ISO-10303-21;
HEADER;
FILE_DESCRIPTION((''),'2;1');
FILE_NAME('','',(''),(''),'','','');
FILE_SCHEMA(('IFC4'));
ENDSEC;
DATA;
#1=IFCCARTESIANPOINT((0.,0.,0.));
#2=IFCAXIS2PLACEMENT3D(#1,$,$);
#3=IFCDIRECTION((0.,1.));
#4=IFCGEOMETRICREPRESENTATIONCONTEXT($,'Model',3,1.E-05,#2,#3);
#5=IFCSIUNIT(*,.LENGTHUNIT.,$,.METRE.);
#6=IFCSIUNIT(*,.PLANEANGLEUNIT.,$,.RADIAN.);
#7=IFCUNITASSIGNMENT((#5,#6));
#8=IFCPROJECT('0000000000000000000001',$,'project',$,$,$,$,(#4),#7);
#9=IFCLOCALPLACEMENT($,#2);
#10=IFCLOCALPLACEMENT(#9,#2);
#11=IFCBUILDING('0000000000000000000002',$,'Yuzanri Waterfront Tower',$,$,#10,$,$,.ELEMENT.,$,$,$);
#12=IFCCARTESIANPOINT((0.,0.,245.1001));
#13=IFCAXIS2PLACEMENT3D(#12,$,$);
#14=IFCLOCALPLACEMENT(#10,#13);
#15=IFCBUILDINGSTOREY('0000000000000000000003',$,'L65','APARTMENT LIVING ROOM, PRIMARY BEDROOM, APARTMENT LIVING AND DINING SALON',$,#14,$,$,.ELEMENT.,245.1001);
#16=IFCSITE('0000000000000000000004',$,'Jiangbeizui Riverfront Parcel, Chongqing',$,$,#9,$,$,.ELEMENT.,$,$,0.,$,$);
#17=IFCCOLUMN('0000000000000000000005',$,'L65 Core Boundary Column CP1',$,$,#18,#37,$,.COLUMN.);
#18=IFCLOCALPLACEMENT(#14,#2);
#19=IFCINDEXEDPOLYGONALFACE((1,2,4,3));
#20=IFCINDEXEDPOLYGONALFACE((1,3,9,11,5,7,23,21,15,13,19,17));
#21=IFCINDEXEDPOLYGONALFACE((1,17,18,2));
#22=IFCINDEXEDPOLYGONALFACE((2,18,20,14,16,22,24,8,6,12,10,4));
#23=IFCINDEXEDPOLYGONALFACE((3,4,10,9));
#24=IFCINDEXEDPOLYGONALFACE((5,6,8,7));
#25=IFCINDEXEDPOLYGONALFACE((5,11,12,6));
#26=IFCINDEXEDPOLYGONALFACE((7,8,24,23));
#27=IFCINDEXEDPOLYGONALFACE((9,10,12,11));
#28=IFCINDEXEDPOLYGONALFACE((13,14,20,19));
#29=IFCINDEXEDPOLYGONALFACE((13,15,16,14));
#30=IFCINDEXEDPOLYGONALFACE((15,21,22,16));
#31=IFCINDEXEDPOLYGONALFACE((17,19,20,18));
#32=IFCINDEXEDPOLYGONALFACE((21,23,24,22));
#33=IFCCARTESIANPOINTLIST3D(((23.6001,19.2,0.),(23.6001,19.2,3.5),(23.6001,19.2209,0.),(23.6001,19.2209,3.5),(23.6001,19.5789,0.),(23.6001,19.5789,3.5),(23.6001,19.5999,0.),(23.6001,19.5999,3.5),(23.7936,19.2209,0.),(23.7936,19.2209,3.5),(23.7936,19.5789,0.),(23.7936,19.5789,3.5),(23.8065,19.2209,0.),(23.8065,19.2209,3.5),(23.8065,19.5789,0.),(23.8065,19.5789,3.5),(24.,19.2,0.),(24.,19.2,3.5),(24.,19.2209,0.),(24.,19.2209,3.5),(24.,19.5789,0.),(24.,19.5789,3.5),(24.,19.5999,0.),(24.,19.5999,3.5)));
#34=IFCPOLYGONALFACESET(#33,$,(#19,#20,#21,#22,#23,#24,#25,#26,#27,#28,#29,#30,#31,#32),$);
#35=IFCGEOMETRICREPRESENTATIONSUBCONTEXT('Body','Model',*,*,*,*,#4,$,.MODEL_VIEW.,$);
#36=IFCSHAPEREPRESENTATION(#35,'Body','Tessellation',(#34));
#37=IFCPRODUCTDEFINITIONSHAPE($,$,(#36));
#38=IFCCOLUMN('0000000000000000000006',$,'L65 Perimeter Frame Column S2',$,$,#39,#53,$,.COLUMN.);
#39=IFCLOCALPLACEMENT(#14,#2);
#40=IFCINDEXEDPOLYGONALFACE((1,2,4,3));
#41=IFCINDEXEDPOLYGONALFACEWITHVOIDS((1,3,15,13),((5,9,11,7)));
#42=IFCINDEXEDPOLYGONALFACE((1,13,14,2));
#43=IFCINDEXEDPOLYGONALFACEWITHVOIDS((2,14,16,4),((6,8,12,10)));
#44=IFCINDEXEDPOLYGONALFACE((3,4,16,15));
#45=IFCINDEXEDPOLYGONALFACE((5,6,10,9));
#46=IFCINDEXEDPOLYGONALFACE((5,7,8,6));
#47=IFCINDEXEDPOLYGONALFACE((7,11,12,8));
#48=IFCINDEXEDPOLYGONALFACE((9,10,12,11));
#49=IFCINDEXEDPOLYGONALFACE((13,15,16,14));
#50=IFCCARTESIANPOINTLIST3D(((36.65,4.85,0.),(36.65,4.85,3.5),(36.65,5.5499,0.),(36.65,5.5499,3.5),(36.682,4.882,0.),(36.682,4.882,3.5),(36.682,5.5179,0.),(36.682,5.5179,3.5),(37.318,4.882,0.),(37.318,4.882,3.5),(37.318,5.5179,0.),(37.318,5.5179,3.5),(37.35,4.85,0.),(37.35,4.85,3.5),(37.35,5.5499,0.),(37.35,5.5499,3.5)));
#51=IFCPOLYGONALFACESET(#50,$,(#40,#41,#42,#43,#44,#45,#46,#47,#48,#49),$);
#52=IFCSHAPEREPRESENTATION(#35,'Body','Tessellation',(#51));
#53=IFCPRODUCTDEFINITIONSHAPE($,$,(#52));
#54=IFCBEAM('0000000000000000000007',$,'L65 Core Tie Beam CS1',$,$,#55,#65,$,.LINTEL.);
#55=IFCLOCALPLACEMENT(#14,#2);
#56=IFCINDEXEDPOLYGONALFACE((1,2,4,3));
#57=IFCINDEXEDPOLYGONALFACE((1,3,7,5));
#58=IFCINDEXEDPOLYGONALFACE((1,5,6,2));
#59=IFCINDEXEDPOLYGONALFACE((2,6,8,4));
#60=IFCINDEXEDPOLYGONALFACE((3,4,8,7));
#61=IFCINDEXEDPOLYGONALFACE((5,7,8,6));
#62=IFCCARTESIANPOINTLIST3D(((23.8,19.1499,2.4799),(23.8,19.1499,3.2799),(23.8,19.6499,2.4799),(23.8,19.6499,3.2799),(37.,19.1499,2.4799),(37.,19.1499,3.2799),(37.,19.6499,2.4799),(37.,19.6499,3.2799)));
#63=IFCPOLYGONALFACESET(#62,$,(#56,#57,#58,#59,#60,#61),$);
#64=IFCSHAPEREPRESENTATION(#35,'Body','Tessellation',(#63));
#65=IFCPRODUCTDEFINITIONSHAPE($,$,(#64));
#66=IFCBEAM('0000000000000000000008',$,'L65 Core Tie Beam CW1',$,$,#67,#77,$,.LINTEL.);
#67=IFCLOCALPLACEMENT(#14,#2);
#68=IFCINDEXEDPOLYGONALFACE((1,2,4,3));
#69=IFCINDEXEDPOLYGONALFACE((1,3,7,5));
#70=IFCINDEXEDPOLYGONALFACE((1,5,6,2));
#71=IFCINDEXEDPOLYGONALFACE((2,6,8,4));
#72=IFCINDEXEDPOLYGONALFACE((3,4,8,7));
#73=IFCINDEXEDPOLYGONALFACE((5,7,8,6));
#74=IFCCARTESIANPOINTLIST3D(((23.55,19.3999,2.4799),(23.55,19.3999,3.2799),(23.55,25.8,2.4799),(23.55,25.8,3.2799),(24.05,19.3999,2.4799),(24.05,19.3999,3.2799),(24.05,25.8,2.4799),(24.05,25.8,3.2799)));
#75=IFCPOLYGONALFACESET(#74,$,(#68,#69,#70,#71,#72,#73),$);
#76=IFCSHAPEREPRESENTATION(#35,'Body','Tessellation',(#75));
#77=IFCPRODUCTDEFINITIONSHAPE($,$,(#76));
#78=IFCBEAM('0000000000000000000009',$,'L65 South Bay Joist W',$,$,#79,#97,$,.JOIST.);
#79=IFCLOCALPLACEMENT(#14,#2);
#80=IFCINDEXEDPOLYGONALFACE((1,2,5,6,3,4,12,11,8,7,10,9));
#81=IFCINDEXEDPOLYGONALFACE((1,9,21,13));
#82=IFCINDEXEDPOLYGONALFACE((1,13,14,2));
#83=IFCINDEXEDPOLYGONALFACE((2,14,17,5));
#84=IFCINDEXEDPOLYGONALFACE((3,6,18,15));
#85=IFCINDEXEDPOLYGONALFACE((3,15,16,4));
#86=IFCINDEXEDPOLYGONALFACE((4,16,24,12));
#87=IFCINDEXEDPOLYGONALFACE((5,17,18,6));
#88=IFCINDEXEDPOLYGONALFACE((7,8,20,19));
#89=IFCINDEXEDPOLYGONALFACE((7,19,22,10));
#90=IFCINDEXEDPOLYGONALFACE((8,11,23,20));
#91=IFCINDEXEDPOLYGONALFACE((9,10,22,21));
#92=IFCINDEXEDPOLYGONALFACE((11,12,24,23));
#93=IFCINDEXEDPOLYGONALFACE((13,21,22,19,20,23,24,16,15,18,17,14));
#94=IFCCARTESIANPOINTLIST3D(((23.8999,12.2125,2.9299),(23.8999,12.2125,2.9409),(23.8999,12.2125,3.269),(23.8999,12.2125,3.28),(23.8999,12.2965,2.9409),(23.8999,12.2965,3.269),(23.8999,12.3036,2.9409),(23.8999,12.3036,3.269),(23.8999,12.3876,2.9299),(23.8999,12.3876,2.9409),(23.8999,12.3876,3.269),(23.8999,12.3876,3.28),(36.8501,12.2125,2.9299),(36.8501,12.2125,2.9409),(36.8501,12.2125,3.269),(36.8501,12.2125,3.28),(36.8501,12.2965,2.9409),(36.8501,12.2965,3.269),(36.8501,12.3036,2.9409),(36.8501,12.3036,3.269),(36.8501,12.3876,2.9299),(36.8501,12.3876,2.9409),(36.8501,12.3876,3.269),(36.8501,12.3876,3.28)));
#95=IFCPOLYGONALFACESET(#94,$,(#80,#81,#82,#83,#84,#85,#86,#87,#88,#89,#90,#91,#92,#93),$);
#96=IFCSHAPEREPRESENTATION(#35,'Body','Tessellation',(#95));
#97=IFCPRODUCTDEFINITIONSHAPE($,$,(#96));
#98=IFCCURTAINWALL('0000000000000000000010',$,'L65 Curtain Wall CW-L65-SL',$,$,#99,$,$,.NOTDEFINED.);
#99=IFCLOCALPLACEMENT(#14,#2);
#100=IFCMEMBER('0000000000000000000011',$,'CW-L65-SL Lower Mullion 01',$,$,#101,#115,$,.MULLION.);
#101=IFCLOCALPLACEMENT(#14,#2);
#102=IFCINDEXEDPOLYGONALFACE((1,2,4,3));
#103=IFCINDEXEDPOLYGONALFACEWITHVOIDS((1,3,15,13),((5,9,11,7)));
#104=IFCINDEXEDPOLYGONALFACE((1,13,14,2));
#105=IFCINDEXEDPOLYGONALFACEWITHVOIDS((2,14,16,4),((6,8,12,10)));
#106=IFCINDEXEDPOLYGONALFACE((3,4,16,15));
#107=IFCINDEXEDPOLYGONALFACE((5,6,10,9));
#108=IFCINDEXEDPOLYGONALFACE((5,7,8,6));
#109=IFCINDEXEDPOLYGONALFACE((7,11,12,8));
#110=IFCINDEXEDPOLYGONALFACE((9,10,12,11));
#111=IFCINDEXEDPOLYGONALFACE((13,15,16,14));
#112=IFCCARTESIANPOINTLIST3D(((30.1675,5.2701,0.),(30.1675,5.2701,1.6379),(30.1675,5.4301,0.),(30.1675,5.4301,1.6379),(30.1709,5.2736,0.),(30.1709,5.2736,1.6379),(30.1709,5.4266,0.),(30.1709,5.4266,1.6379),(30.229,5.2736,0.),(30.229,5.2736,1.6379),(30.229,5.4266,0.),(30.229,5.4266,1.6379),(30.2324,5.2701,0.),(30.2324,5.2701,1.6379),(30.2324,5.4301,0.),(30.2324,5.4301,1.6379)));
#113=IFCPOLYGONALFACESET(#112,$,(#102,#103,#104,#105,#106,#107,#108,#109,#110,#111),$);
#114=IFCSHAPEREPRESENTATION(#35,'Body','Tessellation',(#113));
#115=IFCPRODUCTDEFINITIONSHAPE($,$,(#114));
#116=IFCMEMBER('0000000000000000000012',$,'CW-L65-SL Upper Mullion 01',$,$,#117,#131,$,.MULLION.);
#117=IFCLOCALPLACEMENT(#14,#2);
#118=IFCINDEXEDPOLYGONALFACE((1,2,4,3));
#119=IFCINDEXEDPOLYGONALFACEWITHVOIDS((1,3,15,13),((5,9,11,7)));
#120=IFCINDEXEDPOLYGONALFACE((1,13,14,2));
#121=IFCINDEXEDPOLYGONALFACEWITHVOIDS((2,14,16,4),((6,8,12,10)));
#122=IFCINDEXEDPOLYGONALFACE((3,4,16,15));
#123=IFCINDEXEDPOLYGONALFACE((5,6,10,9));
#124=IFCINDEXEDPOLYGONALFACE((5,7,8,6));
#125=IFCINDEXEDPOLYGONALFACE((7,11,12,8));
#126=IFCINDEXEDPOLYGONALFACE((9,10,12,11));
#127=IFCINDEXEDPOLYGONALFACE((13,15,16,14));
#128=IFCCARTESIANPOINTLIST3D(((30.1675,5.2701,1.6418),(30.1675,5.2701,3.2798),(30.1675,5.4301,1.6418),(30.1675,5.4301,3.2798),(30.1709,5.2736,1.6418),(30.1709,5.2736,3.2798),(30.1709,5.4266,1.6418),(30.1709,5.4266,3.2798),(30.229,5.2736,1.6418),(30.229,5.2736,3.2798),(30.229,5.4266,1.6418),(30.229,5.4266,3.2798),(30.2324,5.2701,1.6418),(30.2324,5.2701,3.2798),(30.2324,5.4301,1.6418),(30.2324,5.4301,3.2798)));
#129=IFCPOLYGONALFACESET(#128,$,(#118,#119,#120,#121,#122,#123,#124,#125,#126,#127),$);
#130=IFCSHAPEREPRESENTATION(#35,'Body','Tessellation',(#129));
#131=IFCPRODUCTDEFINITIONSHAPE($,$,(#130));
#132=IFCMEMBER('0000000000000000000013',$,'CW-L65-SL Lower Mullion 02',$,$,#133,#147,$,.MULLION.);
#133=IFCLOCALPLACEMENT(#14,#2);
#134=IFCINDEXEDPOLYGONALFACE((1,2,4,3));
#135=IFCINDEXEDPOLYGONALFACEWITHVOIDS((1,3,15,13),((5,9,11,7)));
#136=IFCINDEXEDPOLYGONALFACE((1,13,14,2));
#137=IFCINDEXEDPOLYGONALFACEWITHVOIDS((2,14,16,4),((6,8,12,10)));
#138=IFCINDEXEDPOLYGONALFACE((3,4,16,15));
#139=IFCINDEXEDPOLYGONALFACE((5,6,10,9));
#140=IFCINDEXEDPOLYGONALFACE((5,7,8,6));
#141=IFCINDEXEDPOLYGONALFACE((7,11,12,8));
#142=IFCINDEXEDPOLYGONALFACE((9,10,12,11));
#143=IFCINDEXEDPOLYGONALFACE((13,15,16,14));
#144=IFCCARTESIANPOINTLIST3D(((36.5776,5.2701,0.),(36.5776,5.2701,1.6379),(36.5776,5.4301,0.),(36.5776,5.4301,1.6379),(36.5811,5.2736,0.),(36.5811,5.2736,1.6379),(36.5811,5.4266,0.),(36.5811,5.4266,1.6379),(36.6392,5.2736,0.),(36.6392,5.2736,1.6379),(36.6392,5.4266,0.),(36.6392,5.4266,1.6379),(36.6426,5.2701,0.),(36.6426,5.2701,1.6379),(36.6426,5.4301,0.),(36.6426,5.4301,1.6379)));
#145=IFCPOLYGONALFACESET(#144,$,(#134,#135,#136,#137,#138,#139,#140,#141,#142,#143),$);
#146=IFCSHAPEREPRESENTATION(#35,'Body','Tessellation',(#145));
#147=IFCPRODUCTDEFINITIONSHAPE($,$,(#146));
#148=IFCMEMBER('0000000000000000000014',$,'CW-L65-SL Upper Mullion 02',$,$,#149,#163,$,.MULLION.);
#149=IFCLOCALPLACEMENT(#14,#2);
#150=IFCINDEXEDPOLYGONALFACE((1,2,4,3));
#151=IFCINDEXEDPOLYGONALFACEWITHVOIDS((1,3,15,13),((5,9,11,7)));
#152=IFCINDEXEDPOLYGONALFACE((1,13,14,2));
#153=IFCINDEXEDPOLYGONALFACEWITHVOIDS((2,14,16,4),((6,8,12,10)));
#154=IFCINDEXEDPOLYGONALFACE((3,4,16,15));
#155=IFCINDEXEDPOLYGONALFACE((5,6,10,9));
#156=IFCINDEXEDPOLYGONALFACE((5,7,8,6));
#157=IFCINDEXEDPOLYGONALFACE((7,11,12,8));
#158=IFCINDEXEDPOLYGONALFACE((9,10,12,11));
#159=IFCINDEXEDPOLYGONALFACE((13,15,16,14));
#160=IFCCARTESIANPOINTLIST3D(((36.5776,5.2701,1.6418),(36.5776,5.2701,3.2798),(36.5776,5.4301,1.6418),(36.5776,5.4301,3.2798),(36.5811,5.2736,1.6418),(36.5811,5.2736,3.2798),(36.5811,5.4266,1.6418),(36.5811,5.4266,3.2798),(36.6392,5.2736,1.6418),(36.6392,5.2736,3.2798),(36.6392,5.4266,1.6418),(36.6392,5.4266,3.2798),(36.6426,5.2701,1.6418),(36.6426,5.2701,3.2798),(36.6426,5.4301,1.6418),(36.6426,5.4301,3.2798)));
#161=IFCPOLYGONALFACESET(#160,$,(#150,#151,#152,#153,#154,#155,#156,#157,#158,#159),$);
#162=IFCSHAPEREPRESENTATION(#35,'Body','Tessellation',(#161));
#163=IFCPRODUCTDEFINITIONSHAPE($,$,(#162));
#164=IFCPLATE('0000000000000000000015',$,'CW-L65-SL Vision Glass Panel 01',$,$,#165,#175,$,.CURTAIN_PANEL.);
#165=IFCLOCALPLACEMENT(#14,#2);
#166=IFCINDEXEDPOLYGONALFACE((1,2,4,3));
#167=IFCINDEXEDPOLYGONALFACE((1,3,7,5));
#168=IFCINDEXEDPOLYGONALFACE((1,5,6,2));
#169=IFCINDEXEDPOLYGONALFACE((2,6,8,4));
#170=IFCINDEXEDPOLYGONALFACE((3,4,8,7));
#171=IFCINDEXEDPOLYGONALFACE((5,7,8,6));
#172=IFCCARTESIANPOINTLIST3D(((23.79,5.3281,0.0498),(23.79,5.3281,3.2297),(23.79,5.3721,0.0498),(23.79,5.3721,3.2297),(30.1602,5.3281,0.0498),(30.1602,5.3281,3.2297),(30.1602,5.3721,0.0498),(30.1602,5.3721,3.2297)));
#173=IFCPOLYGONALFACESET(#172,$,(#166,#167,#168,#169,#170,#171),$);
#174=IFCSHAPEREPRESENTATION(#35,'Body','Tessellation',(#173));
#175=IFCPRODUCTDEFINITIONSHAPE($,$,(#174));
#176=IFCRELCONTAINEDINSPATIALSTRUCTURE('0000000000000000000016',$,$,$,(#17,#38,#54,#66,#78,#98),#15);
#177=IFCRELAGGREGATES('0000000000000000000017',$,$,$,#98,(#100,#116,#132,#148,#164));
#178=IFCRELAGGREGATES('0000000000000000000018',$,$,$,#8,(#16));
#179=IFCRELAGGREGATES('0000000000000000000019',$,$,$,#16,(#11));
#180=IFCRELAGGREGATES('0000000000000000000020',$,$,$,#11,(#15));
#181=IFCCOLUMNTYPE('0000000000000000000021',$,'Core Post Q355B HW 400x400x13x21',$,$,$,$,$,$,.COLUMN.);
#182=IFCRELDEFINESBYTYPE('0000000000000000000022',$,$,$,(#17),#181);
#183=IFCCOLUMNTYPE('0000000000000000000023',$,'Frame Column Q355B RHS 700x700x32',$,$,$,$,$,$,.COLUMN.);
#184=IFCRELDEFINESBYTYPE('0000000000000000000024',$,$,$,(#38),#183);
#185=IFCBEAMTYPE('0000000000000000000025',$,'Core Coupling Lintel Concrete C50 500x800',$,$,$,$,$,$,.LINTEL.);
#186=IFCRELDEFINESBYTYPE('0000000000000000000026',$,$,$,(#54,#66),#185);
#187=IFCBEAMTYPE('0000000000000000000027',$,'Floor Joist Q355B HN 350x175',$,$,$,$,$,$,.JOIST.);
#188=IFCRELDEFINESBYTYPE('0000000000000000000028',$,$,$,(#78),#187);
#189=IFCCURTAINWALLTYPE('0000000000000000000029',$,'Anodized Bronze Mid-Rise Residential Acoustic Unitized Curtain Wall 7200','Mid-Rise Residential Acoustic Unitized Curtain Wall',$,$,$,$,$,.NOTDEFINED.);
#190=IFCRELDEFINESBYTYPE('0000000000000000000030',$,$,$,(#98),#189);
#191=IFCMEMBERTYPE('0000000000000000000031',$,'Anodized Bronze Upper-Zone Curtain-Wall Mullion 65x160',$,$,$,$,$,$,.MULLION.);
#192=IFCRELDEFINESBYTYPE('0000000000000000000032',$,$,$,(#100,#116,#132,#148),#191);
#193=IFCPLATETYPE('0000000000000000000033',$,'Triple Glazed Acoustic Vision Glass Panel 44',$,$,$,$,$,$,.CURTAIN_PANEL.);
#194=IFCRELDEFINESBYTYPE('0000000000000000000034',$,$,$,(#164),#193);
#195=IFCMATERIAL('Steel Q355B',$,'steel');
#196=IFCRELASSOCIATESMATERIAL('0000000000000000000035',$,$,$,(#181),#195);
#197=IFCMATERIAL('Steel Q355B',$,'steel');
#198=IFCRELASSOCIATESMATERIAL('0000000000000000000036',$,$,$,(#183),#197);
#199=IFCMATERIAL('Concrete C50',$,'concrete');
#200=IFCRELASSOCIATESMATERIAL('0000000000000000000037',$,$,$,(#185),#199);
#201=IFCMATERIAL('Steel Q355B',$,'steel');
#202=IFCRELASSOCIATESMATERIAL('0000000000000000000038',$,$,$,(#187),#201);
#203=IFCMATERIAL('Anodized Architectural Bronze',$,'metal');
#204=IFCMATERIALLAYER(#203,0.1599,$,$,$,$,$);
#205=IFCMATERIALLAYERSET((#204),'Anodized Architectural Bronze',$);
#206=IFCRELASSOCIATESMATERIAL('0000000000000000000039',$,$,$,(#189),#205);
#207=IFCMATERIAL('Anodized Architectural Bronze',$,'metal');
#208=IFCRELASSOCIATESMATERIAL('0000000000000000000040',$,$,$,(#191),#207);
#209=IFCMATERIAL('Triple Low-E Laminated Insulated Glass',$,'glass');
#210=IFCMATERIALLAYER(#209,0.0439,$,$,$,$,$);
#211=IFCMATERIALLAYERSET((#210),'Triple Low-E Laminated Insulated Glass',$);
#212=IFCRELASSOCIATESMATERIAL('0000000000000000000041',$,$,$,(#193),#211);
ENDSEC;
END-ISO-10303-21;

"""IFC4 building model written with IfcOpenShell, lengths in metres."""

from ifc_helpers import new_model, si_unit, direction, frame, origin, origin_2d, place, context, subcontext, project, spatial, rectangle, hollow_rectangle, i_section, extrude, source, transform, mapped, material, layer, layer_set, material_profile, profile_set, type_object, element, aggregate, save


model = new_model("IFC4")

# Units and contexts
model_context = context("Model", 3, precision=1e-05, world=origin(), true_north=direction((0.0, 1.0)))
body_context = subcontext(model_context, "Body", "Model", "MODEL_VIEW")
ifc_project = project(units=[si_unit("LENGTHUNIT", "METRE"), si_unit("PLANEANGLEUNIT", "RADIAN")], contexts=[model_context])

# Site, building, storey
site_placement = place(None, origin())
site = spatial("IfcSite", under=ifc_project, at=site_placement, Name="Jiangbeizui Riverfront Parcel, Chongqing", CompositionType="ELEMENT", RefElevation=0.0)
building_placement = place(site_placement, origin())
building = spatial("IfcBuilding", under=site, at=building_placement, Name="Yuzanri Waterfront Tower", CompositionType="ELEMENT")
storey_placement = place(building_placement, frame((0.0, 0.0, 245.1001)))
storey = spatial("IfcBuildingStorey", under=building, at=storey_placement, Name="L65", Description="APARTMENT LIVING ROOM, PRIMARY BEDROOM, APARTMENT LIVING AND DINING SALON", CompositionType="ELEMENT", Elevation=245.1001)

# Columns
ifc_material_1 = material(Name="Steel Q355B", Category="steel")
ifc_material_profile_1 = material_profile(ifc_material_1, i_section(OverallWidth=0.3999, OverallDepth=0.3999, WebThickness=0.0129, FlangeThickness=0.021, at=origin_2d()), Name="HW 400x400x13x21")
ifc_profile_set_1 = profile_set([ifc_material_profile_1], Name="Steel Q355B")
column_type_1 = type_object("IfcColumnType", Name="Core Post Q355B HW 400x400x13x21", PredefinedType="COLUMN", material=ifc_profile_set_1)
shared_shape_1 = source(origin(), body_context, "Body", "SweptSolid", [
    extrude(i_section(OverallWidth=0.3999, OverallDepth=0.3999, WebThickness=0.0129, FlangeThickness=0.021, at=origin_2d()), origin(), (0.0, 0.0, 1.0), 3.5),
])
column_1_placement = place(storey_placement, frame((23.8, 19.3999, 0.0), z_axis=(0.0, 0.0, 1.0), x_axis=(1.0, 0.0, 0.0)))
element("IfcColumn", 1, at=column_1_placement, inside=storey, type_object=column_type_1, Name="L65 Core Boundary Column CP1", PredefinedType="COLUMN", context=body_context, shape_type="MappedRepresentation", body=[
    mapped(shared_shape_1, transform((0.0, 0.0, 0.0), scale=1.0)),
])
ifc_material_2 = material(Name="Steel Q355B", Category="steel")
ifc_material_profile_2 = material_profile(ifc_material_2, hollow_rectangle(XDim=0.7, YDim=0.7, WallThickness=0.032, at=origin_2d()), Name="RHS 700x700x32")
ifc_profile_set_2 = profile_set([ifc_material_profile_2], Name="Steel Q355B")
column_type_2 = type_object("IfcColumnType", Name="Frame Column Q355B RHS 700x700x32", PredefinedType="COLUMN", material=ifc_profile_set_2)
shared_shape_2 = source(origin(), body_context, "Body", "SweptSolid", [
    extrude(hollow_rectangle(XDim=0.7, YDim=0.7, WallThickness=0.032, at=origin_2d()), origin(), (0.0, 0.0, 1.0), 3.5),
])
column_2_placement = place(storey_placement, frame((37.0, 5.2, 0.0), z_axis=(0.0, 0.0, 1.0), x_axis=(1.0, 0.0, 0.0)))
element("IfcColumn", 2, at=column_2_placement, inside=storey, type_object=column_type_2, Name="L65 Perimeter Frame Column S2", PredefinedType="COLUMN", context=body_context, shape_type="MappedRepresentation", body=[
    mapped(shared_shape_2, transform((0.0, 0.0, 0.0), scale=1.0)),
])

# Beams
ifc_material_3 = material(Name="Concrete C50", Category="concrete")
ifc_material_profile_3 = material_profile(ifc_material_3, rectangle(XDim=0.5, YDim=0.8, at=origin_2d()), Name="RC 500x800")
ifc_profile_set_3 = profile_set([ifc_material_profile_3], Name="Concrete C50")
beam_type_1 = type_object("IfcBeamType", Name="Core Coupling Lintel Concrete C50 500x800", PredefinedType="LINTEL", material=ifc_profile_set_3)
shared_shape_3 = source(origin(), body_context, "Body", "SweptSolid", [
    extrude(rectangle(XDim=0.5, YDim=0.8, at=origin_2d()), origin(), (0.0, 0.0, 1.0), 13.2),
])
beam_1_placement = place(storey_placement, frame((23.8, 19.3999, 2.8799), z_axis=(1.0, 0.0, 0.0), x_axis=(0.0, 1.0, 0.0)))
element("IfcBeam", 3, at=beam_1_placement, inside=storey, type_object=beam_type_1, Name="L65 Core Tie Beam CS1", PredefinedType="LINTEL", context=body_context, shape_type="MappedRepresentation", body=[
    mapped(shared_shape_3, transform((0.0, 0.0, 0.0), scale=1.0)),
])
shared_shape_4 = source(origin(), body_context, "Body", "SweptSolid", [
    extrude(rectangle(XDim=0.5, YDim=0.8, at=origin_2d()), origin(), (0.0, 0.0, 1.0), 6.4001),
])
beam_2_placement = place(storey_placement, frame((23.8, 19.3999, 2.8799), z_axis=(0.0, 1.0, 0.0), x_axis=(-1.0, 0.0, 0.0)))
element("IfcBeam", 4, at=beam_2_placement, inside=storey, type_object=beam_type_1, Name="L65 Core Tie Beam CW1", PredefinedType="LINTEL", context=body_context, shape_type="MappedRepresentation", body=[
    mapped(shared_shape_4, transform((0.0, 0.0, 0.0), scale=1.0)),
])
ifc_material_4 = material(Name="Steel Q355B", Category="steel")
ifc_material_profile_4 = material_profile(ifc_material_4, i_section(OverallWidth=0.175, OverallDepth=0.3501, WebThickness=0.0071, FlangeThickness=0.011, at=origin_2d()), Name="HN 350x175x7x11")
ifc_profile_set_4 = profile_set([ifc_material_profile_4], Name="Steel Q355B")
beam_type_2 = type_object("IfcBeamType", Name="Floor Joist Q355B HN 350x175", PredefinedType="JOIST", material=ifc_profile_set_4)
shared_shape_5 = source(origin(), body_context, "Body", "SweptSolid", [
    extrude(i_section(OverallWidth=0.175, OverallDepth=0.3501, WebThickness=0.0071, FlangeThickness=0.011, at=origin_2d()), origin(), (0.0, 0.0, 1.0), 12.9502),
])
beam_3_placement = place(storey_placement, frame((23.8999, 12.3, 3.105), z_axis=(1.0, 0.0, 0.0), x_axis=(0.0, 1.0, 0.0)))
element("IfcBeam", 5, at=beam_3_placement, inside=storey, type_object=beam_type_2, Name="L65 South Bay Joist W", PredefinedType="JOIST", context=body_context, shape_type="MappedRepresentation", body=[
    mapped(shared_shape_5, transform((0.0, 0.0, 0.0), scale=1.0)),
])

# Curtain wall, members, plate
ifc_material_5 = material(Name="Anodized Architectural Bronze", Category="metal")
ifc_layer_1 = layer(ifc_material_5, 0.1599)
ifc_layer_set_1 = layer_set([ifc_layer_1], Name="Anodized Architectural Bronze")
curtain_wall_type = type_object("IfcCurtainWallType", Name="Anodized Bronze Mid-Rise Residential Acoustic Unitized Curtain Wall 7200", Description="Mid-Rise Residential Acoustic Unitized Curtain Wall", PredefinedType="NOTDEFINED", material=ifc_layer_set_1)
curtain_wall_placement = place(storey_placement, origin())
curtain_wall = element("IfcCurtainWall", 6, at=curtain_wall_placement, inside=storey, type_object=curtain_wall_type, Name="L65 Curtain Wall CW-L65-SL", PredefinedType="NOTDEFINED")
ifc_material_6 = material(Name="Anodized Architectural Bronze", Category="metal")
ifc_material_profile_5 = material_profile(ifc_material_6, hollow_rectangle(XDim=0.0649, YDim=0.1599, WallThickness=0.0034, at=origin_2d()), Name="CWM 65x160")
ifc_profile_set_5 = profile_set([ifc_material_profile_5], Name="Anodized Architectural Bronze")
member_type = type_object("IfcMemberType", Name="Anodized Bronze Upper-Zone Curtain-Wall Mullion 65x160", PredefinedType="MULLION", material=ifc_profile_set_5)
shared_shape_6 = source(origin(), body_context, "Body", "SweptSolid", [
    extrude(hollow_rectangle(XDim=0.0649, YDim=0.1599, WallThickness=0.0034, at=origin_2d()), origin(), (0.0, 0.0, 1.0), 1.6379),
])
member_1_placement = place(storey_placement, frame((30.2, 5.3501, 0.0), z_axis=(0.0, 0.0, 1.0), x_axis=(1.0, 0.0, 0.0)))
member_1 = element("IfcMember", 7, at=member_1_placement, type_object=member_type, Name="CW-L65-SL Lower Mullion 01", PredefinedType="MULLION", context=body_context, shape_type="MappedRepresentation", body=[
    mapped(shared_shape_6, transform((0.0, 0.0, 0.0), scale=1.0)),
])
member_2_placement = place(storey_placement, frame((30.2, 5.3501, 1.6418), z_axis=(0.0, 0.0, 1.0), x_axis=(1.0, 0.0, 0.0)))
member_2 = element("IfcMember", 8, at=member_2_placement, type_object=member_type, Name="CW-L65-SL Upper Mullion 01", PredefinedType="MULLION", context=body_context, shape_type="MappedRepresentation", body=[
    mapped(shared_shape_6, transform((0.0, 0.0, 0.0), scale=1.0)),
])
member_3_placement = place(storey_placement, frame((36.6101, 5.3501, 0.0), z_axis=(0.0, 0.0, 1.0), x_axis=(1.0, 0.0, 0.0)))
member_3 = element("IfcMember", 9, at=member_3_placement, type_object=member_type, Name="CW-L65-SL Lower Mullion 02", PredefinedType="MULLION", context=body_context, shape_type="MappedRepresentation", body=[
    mapped(shared_shape_6, transform((0.0, 0.0, 0.0), scale=1.0)),
])
member_4_placement = place(storey_placement, frame((36.6101, 5.3501, 1.6418), z_axis=(0.0, 0.0, 1.0), x_axis=(1.0, 0.0, 0.0)))
member_4 = element("IfcMember", 10, at=member_4_placement, type_object=member_type, Name="CW-L65-SL Upper Mullion 02", PredefinedType="MULLION", context=body_context, shape_type="MappedRepresentation", body=[
    mapped(shared_shape_6, transform((0.0, 0.0, 0.0), scale=1.0)),
])
ifc_material_7 = material(Name="Triple Low-E Laminated Insulated Glass", Category="glass")
ifc_layer_2 = layer(ifc_material_7, 0.0439)
ifc_layer_set_2 = layer_set([ifc_layer_2], Name="Triple Low-E Laminated Insulated Glass")
plate_type = type_object("IfcPlateType", Name="Triple Glazed Acoustic Vision Glass Panel 44", PredefinedType="CURTAIN_PANEL", material=ifc_layer_set_2)
shared_shape_7 = source(origin(), body_context, "Body", "SweptSolid", [
    extrude(rectangle(XDim=6.3701, YDim=0.0439, at=origin_2d()), origin(), (0.0, 0.0, 1.0), 3.1799),
])
plate_1_placement = place(storey_placement, frame((26.9751, 5.3501, 0.0498), z_axis=(0.0, 0.0, 1.0), x_axis=(1.0, 0.0, 0.0)))
plate_1 = element("IfcPlate", 11, at=plate_1_placement, type_object=plate_type, Name="CW-L65-SL Vision Glass Panel 01", PredefinedType="CURTAIN_PANEL", context=body_context, shape_type="MappedRepresentation", body=[
    mapped(shared_shape_7, transform((0.0, 0.0, 0.0), scale=1.0)),
])
aggregate(curtain_wall, [member_1, member_2, member_3, member_4, plate_1])

save(model, "model.ifc")
